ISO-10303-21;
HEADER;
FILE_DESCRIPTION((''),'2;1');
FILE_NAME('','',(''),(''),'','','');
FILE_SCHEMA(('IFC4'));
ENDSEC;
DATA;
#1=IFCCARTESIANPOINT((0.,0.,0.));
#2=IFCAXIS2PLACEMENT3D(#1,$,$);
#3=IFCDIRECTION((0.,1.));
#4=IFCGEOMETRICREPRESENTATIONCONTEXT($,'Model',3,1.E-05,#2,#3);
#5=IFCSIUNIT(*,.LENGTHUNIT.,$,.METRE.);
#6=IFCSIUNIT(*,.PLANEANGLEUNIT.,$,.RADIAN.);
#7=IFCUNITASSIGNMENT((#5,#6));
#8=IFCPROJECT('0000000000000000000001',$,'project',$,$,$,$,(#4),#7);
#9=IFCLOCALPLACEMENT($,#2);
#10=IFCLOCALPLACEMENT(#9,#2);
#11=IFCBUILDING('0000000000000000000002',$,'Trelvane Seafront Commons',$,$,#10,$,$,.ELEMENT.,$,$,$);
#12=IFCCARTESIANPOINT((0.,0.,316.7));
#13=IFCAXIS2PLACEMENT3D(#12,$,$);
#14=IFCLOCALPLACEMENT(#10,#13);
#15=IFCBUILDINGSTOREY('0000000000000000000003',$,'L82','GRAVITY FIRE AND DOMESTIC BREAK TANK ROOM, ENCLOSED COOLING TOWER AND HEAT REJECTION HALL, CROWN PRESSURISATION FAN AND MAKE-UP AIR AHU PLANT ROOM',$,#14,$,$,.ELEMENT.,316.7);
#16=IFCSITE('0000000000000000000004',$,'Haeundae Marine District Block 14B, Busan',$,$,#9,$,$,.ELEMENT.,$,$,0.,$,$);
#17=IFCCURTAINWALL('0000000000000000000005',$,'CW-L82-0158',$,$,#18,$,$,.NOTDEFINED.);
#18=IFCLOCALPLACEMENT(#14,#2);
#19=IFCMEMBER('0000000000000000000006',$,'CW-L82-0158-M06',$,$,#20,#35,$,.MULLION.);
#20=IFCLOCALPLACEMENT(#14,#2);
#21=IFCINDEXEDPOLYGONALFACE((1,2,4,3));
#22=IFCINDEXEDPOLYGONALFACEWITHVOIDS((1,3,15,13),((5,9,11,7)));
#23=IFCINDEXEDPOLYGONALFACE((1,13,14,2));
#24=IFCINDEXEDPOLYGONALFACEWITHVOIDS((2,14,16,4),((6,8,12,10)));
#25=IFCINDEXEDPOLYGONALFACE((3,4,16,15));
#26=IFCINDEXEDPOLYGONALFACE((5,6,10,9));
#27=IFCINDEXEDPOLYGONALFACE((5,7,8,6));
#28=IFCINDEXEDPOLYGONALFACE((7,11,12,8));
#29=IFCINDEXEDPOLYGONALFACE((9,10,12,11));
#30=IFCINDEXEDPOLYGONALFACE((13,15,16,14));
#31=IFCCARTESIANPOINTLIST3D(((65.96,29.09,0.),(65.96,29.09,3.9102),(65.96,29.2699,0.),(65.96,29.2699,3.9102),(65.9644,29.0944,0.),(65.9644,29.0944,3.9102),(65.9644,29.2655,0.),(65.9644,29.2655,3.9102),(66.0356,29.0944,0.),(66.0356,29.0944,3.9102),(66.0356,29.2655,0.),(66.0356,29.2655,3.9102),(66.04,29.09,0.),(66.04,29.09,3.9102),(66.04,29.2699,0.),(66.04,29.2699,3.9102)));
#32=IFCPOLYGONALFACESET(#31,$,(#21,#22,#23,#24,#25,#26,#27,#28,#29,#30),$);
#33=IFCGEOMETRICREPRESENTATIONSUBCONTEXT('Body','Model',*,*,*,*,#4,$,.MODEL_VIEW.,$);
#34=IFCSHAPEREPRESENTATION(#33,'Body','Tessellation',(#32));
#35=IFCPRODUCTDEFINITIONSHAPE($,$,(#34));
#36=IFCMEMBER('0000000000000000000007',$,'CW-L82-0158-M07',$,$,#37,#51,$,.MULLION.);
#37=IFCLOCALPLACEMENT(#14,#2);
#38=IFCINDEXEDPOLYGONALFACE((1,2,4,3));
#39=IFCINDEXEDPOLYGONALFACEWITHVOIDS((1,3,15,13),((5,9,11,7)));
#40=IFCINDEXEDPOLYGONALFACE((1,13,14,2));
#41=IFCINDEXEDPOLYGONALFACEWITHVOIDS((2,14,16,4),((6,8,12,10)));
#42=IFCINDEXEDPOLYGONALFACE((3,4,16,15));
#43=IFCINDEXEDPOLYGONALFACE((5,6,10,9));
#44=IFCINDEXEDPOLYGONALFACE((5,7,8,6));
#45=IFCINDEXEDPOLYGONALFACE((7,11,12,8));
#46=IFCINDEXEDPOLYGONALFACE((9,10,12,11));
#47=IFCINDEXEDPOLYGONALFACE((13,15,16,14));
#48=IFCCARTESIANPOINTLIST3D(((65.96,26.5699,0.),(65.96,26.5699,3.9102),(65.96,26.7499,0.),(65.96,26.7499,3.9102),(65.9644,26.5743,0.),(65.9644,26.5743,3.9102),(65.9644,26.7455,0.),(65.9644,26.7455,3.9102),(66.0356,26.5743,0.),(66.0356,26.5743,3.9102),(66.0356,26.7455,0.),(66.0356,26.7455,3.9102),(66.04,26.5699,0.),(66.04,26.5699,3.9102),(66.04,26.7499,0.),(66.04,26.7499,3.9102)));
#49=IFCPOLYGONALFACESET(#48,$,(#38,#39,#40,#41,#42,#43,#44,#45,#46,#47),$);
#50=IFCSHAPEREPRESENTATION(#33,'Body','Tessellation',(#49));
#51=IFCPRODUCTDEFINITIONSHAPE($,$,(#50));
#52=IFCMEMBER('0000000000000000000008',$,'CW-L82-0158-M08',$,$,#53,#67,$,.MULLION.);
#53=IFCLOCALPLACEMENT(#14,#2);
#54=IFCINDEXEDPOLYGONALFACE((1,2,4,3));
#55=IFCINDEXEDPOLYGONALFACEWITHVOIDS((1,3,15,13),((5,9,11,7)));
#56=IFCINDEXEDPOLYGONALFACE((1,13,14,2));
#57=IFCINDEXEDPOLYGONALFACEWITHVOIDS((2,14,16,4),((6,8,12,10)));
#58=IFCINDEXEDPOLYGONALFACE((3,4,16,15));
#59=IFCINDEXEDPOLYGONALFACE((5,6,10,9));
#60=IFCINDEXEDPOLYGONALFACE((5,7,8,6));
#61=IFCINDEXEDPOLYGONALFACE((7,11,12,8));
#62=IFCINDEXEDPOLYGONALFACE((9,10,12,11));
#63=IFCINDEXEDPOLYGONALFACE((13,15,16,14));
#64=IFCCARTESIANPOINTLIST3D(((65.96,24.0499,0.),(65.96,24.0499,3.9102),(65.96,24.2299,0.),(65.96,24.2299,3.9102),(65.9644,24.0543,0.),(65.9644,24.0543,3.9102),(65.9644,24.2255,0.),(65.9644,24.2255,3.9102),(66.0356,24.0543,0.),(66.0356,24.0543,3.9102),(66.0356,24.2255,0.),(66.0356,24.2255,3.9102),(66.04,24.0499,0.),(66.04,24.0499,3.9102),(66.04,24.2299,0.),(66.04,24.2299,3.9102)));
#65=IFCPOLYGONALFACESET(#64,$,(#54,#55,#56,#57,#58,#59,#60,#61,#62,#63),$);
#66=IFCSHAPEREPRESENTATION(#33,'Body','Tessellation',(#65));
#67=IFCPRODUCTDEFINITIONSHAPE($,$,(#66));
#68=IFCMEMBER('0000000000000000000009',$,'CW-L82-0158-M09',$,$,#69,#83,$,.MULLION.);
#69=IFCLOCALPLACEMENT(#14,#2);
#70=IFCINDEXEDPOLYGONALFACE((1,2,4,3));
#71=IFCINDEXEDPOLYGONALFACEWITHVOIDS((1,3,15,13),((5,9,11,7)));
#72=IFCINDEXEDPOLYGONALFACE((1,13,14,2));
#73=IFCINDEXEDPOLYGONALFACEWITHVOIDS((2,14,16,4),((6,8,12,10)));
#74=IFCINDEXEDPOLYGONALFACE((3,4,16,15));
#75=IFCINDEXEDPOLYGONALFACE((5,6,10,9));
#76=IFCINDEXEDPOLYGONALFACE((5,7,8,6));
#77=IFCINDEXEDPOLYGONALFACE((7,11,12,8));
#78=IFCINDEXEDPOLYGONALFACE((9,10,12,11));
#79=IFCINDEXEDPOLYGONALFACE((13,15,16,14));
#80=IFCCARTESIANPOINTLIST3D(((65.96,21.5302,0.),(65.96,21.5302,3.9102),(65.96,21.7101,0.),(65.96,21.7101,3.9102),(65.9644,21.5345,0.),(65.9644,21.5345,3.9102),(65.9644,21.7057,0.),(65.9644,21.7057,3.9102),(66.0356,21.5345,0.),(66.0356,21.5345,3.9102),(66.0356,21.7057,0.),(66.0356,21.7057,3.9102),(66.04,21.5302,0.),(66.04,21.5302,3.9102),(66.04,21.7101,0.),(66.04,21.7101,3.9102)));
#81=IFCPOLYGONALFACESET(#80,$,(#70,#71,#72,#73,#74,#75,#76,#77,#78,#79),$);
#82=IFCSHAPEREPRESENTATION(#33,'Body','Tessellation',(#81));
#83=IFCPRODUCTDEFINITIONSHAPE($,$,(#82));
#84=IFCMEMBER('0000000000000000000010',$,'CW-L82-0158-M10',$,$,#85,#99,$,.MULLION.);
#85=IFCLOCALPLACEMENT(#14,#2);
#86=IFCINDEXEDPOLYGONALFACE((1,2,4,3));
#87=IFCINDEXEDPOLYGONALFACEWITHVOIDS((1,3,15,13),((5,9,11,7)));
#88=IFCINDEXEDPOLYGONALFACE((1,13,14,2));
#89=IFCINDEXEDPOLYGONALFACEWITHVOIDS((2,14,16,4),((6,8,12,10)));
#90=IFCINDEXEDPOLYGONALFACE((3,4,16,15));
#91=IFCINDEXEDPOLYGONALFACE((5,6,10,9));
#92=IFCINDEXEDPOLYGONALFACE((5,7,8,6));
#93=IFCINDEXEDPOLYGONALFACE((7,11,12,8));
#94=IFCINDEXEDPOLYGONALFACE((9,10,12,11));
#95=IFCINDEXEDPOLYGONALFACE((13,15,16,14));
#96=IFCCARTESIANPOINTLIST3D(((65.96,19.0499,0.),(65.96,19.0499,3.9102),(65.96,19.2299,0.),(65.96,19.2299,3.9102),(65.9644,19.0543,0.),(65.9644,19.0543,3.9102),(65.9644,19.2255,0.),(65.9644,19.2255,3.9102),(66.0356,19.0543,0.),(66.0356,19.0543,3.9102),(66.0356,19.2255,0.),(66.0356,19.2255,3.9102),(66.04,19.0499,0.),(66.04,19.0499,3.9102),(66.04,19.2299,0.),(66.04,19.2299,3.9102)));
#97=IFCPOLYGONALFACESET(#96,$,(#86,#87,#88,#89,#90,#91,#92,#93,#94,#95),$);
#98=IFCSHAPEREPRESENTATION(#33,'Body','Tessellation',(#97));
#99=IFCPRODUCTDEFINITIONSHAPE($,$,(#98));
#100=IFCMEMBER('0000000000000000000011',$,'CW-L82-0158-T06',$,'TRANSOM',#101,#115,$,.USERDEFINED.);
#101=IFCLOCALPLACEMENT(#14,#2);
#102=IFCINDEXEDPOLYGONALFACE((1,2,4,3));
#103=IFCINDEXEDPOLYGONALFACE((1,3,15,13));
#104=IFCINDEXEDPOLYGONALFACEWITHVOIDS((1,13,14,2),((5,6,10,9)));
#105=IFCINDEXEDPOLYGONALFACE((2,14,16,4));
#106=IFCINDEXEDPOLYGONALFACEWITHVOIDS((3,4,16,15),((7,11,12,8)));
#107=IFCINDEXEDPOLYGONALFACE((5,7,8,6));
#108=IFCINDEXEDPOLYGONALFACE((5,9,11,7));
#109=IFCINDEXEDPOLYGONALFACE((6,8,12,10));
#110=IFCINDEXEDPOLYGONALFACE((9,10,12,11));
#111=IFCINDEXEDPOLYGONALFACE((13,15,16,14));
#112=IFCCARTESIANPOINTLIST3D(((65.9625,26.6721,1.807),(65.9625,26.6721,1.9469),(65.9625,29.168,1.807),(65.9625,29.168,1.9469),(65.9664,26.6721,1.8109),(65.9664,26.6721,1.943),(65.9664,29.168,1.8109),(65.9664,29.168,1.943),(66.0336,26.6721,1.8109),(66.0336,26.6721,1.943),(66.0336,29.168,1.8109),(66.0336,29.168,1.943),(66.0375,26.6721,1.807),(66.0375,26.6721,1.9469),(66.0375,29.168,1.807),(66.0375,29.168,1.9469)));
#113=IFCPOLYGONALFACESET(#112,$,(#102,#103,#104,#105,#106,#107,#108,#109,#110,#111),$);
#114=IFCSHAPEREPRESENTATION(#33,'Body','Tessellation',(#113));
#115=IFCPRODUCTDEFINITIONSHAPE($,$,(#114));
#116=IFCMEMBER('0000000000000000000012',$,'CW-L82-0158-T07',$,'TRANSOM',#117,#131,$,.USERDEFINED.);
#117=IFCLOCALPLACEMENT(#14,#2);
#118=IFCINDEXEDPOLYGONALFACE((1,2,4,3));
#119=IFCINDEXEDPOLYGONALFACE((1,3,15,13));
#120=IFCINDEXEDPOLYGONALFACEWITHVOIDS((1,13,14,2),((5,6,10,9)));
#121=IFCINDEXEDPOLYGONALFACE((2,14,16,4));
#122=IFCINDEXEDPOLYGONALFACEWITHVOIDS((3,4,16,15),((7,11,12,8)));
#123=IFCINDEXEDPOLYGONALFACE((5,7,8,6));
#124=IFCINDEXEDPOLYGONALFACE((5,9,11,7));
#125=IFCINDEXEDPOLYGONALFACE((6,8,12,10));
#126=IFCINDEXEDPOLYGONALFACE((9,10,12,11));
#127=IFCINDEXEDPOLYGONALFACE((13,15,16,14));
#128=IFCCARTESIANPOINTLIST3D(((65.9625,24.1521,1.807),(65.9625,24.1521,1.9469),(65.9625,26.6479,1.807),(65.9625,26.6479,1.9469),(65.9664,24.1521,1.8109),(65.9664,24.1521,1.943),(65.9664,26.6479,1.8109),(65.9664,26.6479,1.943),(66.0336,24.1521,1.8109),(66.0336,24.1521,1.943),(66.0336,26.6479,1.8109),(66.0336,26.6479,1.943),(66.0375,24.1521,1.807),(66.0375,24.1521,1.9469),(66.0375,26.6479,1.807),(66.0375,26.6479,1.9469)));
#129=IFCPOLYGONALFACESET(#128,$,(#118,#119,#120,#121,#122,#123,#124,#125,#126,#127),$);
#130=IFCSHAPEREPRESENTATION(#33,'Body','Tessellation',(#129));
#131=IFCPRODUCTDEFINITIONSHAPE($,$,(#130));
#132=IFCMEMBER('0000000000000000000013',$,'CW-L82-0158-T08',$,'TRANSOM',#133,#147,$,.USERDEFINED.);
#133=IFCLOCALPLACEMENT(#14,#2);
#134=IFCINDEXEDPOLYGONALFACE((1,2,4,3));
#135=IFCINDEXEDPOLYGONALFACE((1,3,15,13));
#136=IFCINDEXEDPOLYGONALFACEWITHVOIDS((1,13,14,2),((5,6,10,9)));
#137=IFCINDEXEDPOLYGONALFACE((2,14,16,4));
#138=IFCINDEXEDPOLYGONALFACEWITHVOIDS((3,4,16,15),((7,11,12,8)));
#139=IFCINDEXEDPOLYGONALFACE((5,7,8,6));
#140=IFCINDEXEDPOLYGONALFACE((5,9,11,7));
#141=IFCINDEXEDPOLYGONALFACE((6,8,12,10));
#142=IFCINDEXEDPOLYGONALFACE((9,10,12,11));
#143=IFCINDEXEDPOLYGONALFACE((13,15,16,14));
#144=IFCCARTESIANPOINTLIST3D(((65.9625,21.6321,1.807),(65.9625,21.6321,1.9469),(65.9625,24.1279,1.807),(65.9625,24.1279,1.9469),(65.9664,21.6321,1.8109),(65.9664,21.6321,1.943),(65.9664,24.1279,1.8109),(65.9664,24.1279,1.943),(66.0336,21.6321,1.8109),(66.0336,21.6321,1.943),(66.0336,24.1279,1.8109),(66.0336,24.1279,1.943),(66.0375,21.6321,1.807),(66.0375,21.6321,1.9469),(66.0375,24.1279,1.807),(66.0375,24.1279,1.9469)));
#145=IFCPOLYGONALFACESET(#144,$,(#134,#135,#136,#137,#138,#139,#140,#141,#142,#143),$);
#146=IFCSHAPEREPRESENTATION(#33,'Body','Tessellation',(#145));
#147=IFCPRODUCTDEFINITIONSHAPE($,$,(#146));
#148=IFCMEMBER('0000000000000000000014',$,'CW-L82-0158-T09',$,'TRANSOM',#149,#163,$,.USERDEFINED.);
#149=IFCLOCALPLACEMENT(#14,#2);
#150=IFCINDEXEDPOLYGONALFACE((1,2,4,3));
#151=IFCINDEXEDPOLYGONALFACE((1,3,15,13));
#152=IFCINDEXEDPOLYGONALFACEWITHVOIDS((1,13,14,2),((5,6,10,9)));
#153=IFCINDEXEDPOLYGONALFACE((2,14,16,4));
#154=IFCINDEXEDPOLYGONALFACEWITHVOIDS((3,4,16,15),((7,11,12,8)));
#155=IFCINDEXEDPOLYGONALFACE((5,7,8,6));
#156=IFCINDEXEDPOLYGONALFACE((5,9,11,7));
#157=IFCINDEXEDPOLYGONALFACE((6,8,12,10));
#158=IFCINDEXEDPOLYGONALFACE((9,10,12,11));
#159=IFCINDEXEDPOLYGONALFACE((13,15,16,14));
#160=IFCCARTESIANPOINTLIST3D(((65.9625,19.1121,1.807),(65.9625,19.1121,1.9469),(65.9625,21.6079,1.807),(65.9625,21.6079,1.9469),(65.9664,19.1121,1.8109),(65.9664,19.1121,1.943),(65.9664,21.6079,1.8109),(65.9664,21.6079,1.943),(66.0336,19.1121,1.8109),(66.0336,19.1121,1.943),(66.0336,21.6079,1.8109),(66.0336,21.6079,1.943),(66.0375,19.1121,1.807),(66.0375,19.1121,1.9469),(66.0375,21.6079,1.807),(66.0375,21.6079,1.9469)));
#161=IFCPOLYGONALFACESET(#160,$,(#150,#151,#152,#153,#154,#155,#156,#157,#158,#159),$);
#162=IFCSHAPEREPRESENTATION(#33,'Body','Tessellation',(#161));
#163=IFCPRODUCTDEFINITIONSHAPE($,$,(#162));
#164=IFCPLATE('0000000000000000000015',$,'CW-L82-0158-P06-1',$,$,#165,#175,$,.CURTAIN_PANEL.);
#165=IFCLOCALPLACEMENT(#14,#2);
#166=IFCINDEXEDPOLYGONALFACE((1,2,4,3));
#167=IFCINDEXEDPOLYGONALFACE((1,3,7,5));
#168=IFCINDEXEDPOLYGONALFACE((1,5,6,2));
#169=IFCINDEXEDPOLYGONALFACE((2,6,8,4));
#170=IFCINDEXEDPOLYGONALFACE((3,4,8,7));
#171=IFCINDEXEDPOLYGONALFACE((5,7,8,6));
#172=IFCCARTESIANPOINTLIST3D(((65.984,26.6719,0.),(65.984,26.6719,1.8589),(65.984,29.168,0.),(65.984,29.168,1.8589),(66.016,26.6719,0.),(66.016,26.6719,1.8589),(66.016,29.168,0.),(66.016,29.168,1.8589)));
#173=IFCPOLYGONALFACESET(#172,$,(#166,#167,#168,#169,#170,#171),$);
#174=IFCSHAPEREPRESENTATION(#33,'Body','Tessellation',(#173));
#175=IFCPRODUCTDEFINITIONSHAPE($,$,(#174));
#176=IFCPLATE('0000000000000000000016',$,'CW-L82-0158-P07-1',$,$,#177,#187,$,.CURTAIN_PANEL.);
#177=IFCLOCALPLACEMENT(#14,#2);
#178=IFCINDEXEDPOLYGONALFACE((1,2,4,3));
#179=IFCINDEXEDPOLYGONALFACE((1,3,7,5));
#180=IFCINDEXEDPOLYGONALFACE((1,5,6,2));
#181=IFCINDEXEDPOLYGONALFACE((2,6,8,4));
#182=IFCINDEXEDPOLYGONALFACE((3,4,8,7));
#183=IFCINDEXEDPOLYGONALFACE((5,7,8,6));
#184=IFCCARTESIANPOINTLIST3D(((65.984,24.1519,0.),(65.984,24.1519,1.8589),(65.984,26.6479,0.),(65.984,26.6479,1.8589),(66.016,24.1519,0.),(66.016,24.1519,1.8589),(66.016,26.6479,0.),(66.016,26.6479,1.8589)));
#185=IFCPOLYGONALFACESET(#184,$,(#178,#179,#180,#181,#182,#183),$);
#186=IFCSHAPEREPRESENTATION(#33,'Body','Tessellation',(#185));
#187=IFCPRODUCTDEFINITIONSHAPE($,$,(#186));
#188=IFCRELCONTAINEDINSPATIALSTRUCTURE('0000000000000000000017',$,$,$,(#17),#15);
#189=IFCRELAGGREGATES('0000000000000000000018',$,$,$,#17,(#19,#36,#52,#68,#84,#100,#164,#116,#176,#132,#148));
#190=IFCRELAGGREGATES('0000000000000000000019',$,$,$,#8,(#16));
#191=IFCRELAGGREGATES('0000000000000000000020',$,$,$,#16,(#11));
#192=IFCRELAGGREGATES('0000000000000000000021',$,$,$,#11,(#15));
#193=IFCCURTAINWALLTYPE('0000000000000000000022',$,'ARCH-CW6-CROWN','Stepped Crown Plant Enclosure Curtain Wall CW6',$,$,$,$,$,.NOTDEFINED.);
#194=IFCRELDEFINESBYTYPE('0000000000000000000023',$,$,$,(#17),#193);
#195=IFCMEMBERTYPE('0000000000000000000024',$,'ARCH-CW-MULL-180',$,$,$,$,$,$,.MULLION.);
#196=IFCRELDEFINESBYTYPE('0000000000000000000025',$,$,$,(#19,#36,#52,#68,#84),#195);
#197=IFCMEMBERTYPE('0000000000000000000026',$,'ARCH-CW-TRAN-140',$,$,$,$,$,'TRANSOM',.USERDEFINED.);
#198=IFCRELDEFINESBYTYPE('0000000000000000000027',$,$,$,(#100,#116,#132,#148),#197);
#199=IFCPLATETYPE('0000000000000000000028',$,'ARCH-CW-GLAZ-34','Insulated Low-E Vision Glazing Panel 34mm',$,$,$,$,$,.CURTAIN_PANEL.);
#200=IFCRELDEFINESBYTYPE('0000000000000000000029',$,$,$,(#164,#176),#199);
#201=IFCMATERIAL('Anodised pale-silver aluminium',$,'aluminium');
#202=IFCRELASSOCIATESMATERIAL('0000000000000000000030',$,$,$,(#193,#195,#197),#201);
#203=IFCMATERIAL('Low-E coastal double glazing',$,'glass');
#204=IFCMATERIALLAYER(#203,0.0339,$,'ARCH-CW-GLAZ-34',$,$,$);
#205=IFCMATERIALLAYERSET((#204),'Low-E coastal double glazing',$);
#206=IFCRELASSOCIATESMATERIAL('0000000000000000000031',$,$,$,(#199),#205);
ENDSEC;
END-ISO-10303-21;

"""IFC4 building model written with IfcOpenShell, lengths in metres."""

from ifc_helpers import new_model, si_unit, direction, frame, origin, origin_2d, place, context, subcontext, project, spatial, rectangle, hollow_rectangle, extrude, source, transform, mapped, material, layer, layer_set, material_profile, profile_set, type_object, element, aggregate, save


model = new_model("IFC4")

# Units and contexts
model_context = context("Model", 3, precision=1e-05, world=origin(), true_north=direction((0.0, 1.0)))
body_context = subcontext(model_context, "Body", "Model", "MODEL_VIEW")
ifc_project = project(units=[si_unit("LENGTHUNIT", "METRE"), si_unit("PLANEANGLEUNIT", "RADIAN")], contexts=[model_context])

# Site, building, storey
site_placement = place(None, origin())
site = spatial("IfcSite", under=ifc_project, at=site_placement, Name="Haeundae Marine District Block 14B, Busan", CompositionType="ELEMENT", RefElevation=0.0)
building_placement = place(site_placement, origin())
building = spatial("IfcBuilding", under=site, at=building_placement, Name="Trelvane Seafront Commons", CompositionType="ELEMENT")
storey_placement = place(building_placement, frame((0.0, 0.0, 316.7)))
storey = spatial("IfcBuildingStorey", under=building, at=storey_placement, Name="L82", Description="GRAVITY FIRE AND DOMESTIC BREAK TANK ROOM, ENCLOSED COOLING TOWER AND HEAT REJECTION HALL, CROWN PRESSURISATION FAN AND MAKE-UP AIR AHU PLANT ROOM", CompositionType="ELEMENT", Elevation=316.7)

# Curtain wall, members, plates
ifc_material_1 = material(Name="Anodised pale-silver aluminium", Category="aluminium")
curtain_wall_type = type_object("IfcCurtainWallType", Name="ARCH-CW6-CROWN", Description="Stepped Crown Plant Enclosure Curtain Wall CW6", PredefinedType="NOTDEFINED", material=ifc_material_1)
curtain_wall_placement = place(storey_placement, origin())
curtain_wall = element("IfcCurtainWall", 1, at=curtain_wall_placement, inside=storey, type_object=curtain_wall_type, Name="CW-L82-0158", PredefinedType="NOTDEFINED")
ifc_material_profile_1 = material_profile(ifc_material_1, hollow_rectangle(XDim=0.0801, YDim=0.1799, WallThickness=0.0044, at=origin_2d()), Name="MULL-80x180x4.5")
ifc_profile_set_1 = profile_set([ifc_material_profile_1], Name="Anodised pale-silver aluminium")
member_type_1 = type_object("IfcMemberType", Name="ARCH-CW-MULL-180", PredefinedType="MULLION", material=ifc_profile_set_1)
shared_shape_1 = source(origin(), body_context, "Body", "SweptSolid", [
    extrude(hollow_rectangle(XDim=0.0801, YDim=0.1799, WallThickness=0.0044, at=origin_2d()), origin(), (0.0, 0.0, 1.0), 3.9102),
])
member_1_placement = place(storey_placement, frame((66.0, 29.1799, 0.0), z_axis=(0.0, 0.0, 1.0), x_axis=(1.0, 0.0, 0.0)))
member_1 = element("IfcMember", 2, at=member_1_placement, type_object=member_type_1, Name="CW-L82-0158-M06", PredefinedType="MULLION", context=body_context, shape_type="MappedRepresentation", body=[
    mapped(shared_shape_1, transform((0.0, 0.0, 0.0), x_axis=(1.0, 0.0, 0.0), y_axis=(0.0, 1.0, 0.0), z_axis=(0.0, 0.0, 1.0), scale=1.0)),
])
member_2_placement = place(storey_placement, frame((66.0, 26.6599, 0.0), z_axis=(0.0, 0.0, 1.0), x_axis=(1.0, 0.0, 0.0)))
member_2 = element("IfcMember", 3, at=member_2_placement, type_object=member_type_1, Name="CW-L82-0158-M07", PredefinedType="MULLION", context=body_context, shape_type="MappedRepresentation", body=[
    mapped(shared_shape_1, transform((0.0, 0.0, 0.0), x_axis=(1.0, 0.0, 0.0), y_axis=(0.0, 1.0, 0.0), z_axis=(0.0, 0.0, 1.0), scale=1.0)),
])
member_3_placement = place(storey_placement, frame((66.0, 24.1399, 0.0), z_axis=(0.0, 0.0, 1.0), x_axis=(1.0, 0.0, 0.0)))
member_3 = element("IfcMember", 4, at=member_3_placement, type_object=member_type_1, Name="CW-L82-0158-M08", PredefinedType="MULLION", context=body_context, shape_type="MappedRepresentation", body=[
    mapped(shared_shape_1, transform((0.0, 0.0, 0.0), x_axis=(1.0, 0.0, 0.0), y_axis=(0.0, 1.0, 0.0), z_axis=(0.0, 0.0, 1.0), scale=1.0)),
])
member_4_placement = place(storey_placement, frame((66.0, 21.6201, 0.0), z_axis=(0.0, 0.0, 1.0), x_axis=(1.0, 0.0, 0.0)))
member_4 = element("IfcMember", 5, at=member_4_placement, type_object=member_type_1, Name="CW-L82-0158-M09", PredefinedType="MULLION", context=body_context, shape_type="MappedRepresentation", body=[
    mapped(shared_shape_1, transform((0.0, 0.0, 0.0), x_axis=(1.0, 0.0, 0.0), y_axis=(0.0, 1.0, 0.0), z_axis=(0.0, 0.0, 1.0), scale=1.0)),
])
member_5_placement = place(storey_placement, frame((66.0, 19.1399, 0.0), z_axis=(0.0, 0.0, 1.0), x_axis=(1.0, 0.0, 0.0)))
member_5 = element("IfcMember", 6, at=member_5_placement, type_object=member_type_1, Name="CW-L82-0158-M10", PredefinedType="MULLION", context=body_context, shape_type="MappedRepresentation", body=[
    mapped(shared_shape_1, transform((0.0, 0.0, 0.0), x_axis=(1.0, 0.0, 0.0), y_axis=(0.0, 1.0, 0.0), z_axis=(0.0, 0.0, 1.0), scale=1.0)),
])
ifc_material_profile_2 = material_profile(ifc_material_1, hollow_rectangle(XDim=0.075, YDim=0.1399, WallThickness=0.0039, at=origin_2d()), Name="TRAN-75x140x4")
ifc_profile_set_2 = profile_set([ifc_material_profile_2], Name="Anodised pale-silver aluminium")
member_type_2 = type_object("IfcMemberType", Name="ARCH-CW-TRAN-140", ElementType="TRANSOM", PredefinedType="USERDEFINED", material=ifc_profile_set_2)
shared_shape_2 = source(origin(), body_context, "Body", "SweptSolid", [
    extrude(hollow_rectangle(XDim=0.075, YDim=0.1399, WallThickness=0.0039, at=origin_2d()), origin(), (0.0, 0.0, 1.0), 2.4958),
])
member_6_placement = place(storey_placement, frame((66.0, 29.168, 1.877), z_axis=(0.0, -1.0, 0.0), x_axis=(1.0, 0.0, 0.0)))
member_6 = element("IfcMember", 7, at=member_6_placement, type_object=member_type_2, Name="CW-L82-0158-T06", ObjectType="TRANSOM", PredefinedType="USERDEFINED", context=body_context, shape_type="MappedRepresentation", body=[
    mapped(shared_shape_2, transform((0.0, 0.0, 0.0), x_axis=(1.0, 0.0, 0.0), y_axis=(0.0, 1.0, 0.0), z_axis=(0.0, 0.0, 1.0), scale=1.0)),
])
member_7_placement = place(storey_placement, frame((66.0, 26.6479, 1.877), z_axis=(0.0, -1.0, 0.0), x_axis=(1.0, 0.0, 0.0)))
member_7 = element("IfcMember", 8, at=member_7_placement, type_object=member_type_2, Name="CW-L82-0158-T07", ObjectType="TRANSOM", PredefinedType="USERDEFINED", context=body_context, shape_type="MappedRepresentation", body=[
    mapped(shared_shape_2, transform((0.0, 0.0, 0.0), x_axis=(1.0, 0.0, 0.0), y_axis=(0.0, 1.0, 0.0), z_axis=(0.0, 0.0, 1.0), scale=1.0)),
])
member_8_placement = place(storey_placement, frame((66.0, 24.1279, 1.877), z_axis=(0.0, -1.0, 0.0), x_axis=(1.0, 0.0, 0.0)))
member_8 = element("IfcMember", 9, at=member_8_placement, type_object=member_type_2, Name="CW-L82-0158-T08", ObjectType="TRANSOM", PredefinedType="USERDEFINED", context=body_context, shape_type="MappedRepresentation", body=[
    mapped(shared_shape_2, transform((0.0, 0.0, 0.0), x_axis=(1.0, 0.0, 0.0), y_axis=(0.0, 1.0, 0.0), z_axis=(0.0, 0.0, 1.0), scale=1.0)),
])
member_9_placement = place(storey_placement, frame((66.0, 21.6079, 1.877), z_axis=(0.0, -1.0, 0.0), x_axis=(1.0, 0.0, 0.0)))
member_9 = element("IfcMember", 10, at=member_9_placement, type_object=member_type_2, Name="CW-L82-0158-T09", ObjectType="TRANSOM", PredefinedType="USERDEFINED", context=body_context, shape_type="MappedRepresentation", body=[
    mapped(shared_shape_2, transform((0.0, 0.0, 0.0), x_axis=(1.0, 0.0, 0.0), y_axis=(0.0, 1.0, 0.0), z_axis=(0.0, 0.0, 1.0), scale=1.0)),
])
ifc_material_2 = material(Name="Low-E coastal double glazing", Category="glass")
ifc_layer_1 = layer(ifc_material_2, 0.0339, Name="ARCH-CW-GLAZ-34")
ifc_layer_set_1 = layer_set([ifc_layer_1], Name="Low-E coastal double glazing")
plate_type = type_object("IfcPlateType", Name="ARCH-CW-GLAZ-34", Description="Insulated Low-E Vision Glazing Panel 34mm", PredefinedType="CURTAIN_PANEL", material=ifc_layer_set_1)
shared_shape_3 = source(origin(), body_context, "Body", "SweptSolid", [
    extrude(rectangle(XDim=2.4961, YDim=0.032, at=origin_2d()), origin(), (0.0, 0.0, 1.0), 1.8589),
])
plate_1_placement = place(storey_placement, frame((66.0, 27.9199, 0.0), z_axis=(0.0, 0.0, 1.0), x_axis=(0.0, -1.0, 0.0)))
plate_1 = element("IfcPlate", 11, at=plate_1_placement, type_object=plate_type, Name="CW-L82-0158-P06-1", PredefinedType="CURTAIN_PANEL", context=body_context, shape_type="MappedRepresentation", body=[
    mapped(shared_shape_3, transform((0.0, 0.0, 0.0), x_axis=(1.0, 0.0, 0.0), y_axis=(0.0, 1.0, 0.0), z_axis=(0.0, 0.0, 1.0), scale=1.0)),
])
plate_2_placement = place(storey_placement, frame((66.0, 25.3999, 0.0), z_axis=(0.0, 0.0, 1.0), x_axis=(0.0, -1.0, 0.0)))
plate_2 = element("IfcPlate", 12, at=plate_2_placement, type_object=plate_type, Name="CW-L82-0158-P07-1", PredefinedType="CURTAIN_PANEL", context=body_context, shape_type="MappedRepresentation", body=[
    mapped(shared_shape_3, transform((0.0, 0.0, 0.0), x_axis=(1.0, 0.0, 0.0), y_axis=(0.0, 1.0, 0.0), z_axis=(0.0, 0.0, 1.0), scale=1.0)),
])
aggregate(curtain_wall, [member_1, member_2, member_3, member_4, member_5, member_6, plate_1, member_7, plate_2, member_8, member_9])

save(model, "model.ifc")
